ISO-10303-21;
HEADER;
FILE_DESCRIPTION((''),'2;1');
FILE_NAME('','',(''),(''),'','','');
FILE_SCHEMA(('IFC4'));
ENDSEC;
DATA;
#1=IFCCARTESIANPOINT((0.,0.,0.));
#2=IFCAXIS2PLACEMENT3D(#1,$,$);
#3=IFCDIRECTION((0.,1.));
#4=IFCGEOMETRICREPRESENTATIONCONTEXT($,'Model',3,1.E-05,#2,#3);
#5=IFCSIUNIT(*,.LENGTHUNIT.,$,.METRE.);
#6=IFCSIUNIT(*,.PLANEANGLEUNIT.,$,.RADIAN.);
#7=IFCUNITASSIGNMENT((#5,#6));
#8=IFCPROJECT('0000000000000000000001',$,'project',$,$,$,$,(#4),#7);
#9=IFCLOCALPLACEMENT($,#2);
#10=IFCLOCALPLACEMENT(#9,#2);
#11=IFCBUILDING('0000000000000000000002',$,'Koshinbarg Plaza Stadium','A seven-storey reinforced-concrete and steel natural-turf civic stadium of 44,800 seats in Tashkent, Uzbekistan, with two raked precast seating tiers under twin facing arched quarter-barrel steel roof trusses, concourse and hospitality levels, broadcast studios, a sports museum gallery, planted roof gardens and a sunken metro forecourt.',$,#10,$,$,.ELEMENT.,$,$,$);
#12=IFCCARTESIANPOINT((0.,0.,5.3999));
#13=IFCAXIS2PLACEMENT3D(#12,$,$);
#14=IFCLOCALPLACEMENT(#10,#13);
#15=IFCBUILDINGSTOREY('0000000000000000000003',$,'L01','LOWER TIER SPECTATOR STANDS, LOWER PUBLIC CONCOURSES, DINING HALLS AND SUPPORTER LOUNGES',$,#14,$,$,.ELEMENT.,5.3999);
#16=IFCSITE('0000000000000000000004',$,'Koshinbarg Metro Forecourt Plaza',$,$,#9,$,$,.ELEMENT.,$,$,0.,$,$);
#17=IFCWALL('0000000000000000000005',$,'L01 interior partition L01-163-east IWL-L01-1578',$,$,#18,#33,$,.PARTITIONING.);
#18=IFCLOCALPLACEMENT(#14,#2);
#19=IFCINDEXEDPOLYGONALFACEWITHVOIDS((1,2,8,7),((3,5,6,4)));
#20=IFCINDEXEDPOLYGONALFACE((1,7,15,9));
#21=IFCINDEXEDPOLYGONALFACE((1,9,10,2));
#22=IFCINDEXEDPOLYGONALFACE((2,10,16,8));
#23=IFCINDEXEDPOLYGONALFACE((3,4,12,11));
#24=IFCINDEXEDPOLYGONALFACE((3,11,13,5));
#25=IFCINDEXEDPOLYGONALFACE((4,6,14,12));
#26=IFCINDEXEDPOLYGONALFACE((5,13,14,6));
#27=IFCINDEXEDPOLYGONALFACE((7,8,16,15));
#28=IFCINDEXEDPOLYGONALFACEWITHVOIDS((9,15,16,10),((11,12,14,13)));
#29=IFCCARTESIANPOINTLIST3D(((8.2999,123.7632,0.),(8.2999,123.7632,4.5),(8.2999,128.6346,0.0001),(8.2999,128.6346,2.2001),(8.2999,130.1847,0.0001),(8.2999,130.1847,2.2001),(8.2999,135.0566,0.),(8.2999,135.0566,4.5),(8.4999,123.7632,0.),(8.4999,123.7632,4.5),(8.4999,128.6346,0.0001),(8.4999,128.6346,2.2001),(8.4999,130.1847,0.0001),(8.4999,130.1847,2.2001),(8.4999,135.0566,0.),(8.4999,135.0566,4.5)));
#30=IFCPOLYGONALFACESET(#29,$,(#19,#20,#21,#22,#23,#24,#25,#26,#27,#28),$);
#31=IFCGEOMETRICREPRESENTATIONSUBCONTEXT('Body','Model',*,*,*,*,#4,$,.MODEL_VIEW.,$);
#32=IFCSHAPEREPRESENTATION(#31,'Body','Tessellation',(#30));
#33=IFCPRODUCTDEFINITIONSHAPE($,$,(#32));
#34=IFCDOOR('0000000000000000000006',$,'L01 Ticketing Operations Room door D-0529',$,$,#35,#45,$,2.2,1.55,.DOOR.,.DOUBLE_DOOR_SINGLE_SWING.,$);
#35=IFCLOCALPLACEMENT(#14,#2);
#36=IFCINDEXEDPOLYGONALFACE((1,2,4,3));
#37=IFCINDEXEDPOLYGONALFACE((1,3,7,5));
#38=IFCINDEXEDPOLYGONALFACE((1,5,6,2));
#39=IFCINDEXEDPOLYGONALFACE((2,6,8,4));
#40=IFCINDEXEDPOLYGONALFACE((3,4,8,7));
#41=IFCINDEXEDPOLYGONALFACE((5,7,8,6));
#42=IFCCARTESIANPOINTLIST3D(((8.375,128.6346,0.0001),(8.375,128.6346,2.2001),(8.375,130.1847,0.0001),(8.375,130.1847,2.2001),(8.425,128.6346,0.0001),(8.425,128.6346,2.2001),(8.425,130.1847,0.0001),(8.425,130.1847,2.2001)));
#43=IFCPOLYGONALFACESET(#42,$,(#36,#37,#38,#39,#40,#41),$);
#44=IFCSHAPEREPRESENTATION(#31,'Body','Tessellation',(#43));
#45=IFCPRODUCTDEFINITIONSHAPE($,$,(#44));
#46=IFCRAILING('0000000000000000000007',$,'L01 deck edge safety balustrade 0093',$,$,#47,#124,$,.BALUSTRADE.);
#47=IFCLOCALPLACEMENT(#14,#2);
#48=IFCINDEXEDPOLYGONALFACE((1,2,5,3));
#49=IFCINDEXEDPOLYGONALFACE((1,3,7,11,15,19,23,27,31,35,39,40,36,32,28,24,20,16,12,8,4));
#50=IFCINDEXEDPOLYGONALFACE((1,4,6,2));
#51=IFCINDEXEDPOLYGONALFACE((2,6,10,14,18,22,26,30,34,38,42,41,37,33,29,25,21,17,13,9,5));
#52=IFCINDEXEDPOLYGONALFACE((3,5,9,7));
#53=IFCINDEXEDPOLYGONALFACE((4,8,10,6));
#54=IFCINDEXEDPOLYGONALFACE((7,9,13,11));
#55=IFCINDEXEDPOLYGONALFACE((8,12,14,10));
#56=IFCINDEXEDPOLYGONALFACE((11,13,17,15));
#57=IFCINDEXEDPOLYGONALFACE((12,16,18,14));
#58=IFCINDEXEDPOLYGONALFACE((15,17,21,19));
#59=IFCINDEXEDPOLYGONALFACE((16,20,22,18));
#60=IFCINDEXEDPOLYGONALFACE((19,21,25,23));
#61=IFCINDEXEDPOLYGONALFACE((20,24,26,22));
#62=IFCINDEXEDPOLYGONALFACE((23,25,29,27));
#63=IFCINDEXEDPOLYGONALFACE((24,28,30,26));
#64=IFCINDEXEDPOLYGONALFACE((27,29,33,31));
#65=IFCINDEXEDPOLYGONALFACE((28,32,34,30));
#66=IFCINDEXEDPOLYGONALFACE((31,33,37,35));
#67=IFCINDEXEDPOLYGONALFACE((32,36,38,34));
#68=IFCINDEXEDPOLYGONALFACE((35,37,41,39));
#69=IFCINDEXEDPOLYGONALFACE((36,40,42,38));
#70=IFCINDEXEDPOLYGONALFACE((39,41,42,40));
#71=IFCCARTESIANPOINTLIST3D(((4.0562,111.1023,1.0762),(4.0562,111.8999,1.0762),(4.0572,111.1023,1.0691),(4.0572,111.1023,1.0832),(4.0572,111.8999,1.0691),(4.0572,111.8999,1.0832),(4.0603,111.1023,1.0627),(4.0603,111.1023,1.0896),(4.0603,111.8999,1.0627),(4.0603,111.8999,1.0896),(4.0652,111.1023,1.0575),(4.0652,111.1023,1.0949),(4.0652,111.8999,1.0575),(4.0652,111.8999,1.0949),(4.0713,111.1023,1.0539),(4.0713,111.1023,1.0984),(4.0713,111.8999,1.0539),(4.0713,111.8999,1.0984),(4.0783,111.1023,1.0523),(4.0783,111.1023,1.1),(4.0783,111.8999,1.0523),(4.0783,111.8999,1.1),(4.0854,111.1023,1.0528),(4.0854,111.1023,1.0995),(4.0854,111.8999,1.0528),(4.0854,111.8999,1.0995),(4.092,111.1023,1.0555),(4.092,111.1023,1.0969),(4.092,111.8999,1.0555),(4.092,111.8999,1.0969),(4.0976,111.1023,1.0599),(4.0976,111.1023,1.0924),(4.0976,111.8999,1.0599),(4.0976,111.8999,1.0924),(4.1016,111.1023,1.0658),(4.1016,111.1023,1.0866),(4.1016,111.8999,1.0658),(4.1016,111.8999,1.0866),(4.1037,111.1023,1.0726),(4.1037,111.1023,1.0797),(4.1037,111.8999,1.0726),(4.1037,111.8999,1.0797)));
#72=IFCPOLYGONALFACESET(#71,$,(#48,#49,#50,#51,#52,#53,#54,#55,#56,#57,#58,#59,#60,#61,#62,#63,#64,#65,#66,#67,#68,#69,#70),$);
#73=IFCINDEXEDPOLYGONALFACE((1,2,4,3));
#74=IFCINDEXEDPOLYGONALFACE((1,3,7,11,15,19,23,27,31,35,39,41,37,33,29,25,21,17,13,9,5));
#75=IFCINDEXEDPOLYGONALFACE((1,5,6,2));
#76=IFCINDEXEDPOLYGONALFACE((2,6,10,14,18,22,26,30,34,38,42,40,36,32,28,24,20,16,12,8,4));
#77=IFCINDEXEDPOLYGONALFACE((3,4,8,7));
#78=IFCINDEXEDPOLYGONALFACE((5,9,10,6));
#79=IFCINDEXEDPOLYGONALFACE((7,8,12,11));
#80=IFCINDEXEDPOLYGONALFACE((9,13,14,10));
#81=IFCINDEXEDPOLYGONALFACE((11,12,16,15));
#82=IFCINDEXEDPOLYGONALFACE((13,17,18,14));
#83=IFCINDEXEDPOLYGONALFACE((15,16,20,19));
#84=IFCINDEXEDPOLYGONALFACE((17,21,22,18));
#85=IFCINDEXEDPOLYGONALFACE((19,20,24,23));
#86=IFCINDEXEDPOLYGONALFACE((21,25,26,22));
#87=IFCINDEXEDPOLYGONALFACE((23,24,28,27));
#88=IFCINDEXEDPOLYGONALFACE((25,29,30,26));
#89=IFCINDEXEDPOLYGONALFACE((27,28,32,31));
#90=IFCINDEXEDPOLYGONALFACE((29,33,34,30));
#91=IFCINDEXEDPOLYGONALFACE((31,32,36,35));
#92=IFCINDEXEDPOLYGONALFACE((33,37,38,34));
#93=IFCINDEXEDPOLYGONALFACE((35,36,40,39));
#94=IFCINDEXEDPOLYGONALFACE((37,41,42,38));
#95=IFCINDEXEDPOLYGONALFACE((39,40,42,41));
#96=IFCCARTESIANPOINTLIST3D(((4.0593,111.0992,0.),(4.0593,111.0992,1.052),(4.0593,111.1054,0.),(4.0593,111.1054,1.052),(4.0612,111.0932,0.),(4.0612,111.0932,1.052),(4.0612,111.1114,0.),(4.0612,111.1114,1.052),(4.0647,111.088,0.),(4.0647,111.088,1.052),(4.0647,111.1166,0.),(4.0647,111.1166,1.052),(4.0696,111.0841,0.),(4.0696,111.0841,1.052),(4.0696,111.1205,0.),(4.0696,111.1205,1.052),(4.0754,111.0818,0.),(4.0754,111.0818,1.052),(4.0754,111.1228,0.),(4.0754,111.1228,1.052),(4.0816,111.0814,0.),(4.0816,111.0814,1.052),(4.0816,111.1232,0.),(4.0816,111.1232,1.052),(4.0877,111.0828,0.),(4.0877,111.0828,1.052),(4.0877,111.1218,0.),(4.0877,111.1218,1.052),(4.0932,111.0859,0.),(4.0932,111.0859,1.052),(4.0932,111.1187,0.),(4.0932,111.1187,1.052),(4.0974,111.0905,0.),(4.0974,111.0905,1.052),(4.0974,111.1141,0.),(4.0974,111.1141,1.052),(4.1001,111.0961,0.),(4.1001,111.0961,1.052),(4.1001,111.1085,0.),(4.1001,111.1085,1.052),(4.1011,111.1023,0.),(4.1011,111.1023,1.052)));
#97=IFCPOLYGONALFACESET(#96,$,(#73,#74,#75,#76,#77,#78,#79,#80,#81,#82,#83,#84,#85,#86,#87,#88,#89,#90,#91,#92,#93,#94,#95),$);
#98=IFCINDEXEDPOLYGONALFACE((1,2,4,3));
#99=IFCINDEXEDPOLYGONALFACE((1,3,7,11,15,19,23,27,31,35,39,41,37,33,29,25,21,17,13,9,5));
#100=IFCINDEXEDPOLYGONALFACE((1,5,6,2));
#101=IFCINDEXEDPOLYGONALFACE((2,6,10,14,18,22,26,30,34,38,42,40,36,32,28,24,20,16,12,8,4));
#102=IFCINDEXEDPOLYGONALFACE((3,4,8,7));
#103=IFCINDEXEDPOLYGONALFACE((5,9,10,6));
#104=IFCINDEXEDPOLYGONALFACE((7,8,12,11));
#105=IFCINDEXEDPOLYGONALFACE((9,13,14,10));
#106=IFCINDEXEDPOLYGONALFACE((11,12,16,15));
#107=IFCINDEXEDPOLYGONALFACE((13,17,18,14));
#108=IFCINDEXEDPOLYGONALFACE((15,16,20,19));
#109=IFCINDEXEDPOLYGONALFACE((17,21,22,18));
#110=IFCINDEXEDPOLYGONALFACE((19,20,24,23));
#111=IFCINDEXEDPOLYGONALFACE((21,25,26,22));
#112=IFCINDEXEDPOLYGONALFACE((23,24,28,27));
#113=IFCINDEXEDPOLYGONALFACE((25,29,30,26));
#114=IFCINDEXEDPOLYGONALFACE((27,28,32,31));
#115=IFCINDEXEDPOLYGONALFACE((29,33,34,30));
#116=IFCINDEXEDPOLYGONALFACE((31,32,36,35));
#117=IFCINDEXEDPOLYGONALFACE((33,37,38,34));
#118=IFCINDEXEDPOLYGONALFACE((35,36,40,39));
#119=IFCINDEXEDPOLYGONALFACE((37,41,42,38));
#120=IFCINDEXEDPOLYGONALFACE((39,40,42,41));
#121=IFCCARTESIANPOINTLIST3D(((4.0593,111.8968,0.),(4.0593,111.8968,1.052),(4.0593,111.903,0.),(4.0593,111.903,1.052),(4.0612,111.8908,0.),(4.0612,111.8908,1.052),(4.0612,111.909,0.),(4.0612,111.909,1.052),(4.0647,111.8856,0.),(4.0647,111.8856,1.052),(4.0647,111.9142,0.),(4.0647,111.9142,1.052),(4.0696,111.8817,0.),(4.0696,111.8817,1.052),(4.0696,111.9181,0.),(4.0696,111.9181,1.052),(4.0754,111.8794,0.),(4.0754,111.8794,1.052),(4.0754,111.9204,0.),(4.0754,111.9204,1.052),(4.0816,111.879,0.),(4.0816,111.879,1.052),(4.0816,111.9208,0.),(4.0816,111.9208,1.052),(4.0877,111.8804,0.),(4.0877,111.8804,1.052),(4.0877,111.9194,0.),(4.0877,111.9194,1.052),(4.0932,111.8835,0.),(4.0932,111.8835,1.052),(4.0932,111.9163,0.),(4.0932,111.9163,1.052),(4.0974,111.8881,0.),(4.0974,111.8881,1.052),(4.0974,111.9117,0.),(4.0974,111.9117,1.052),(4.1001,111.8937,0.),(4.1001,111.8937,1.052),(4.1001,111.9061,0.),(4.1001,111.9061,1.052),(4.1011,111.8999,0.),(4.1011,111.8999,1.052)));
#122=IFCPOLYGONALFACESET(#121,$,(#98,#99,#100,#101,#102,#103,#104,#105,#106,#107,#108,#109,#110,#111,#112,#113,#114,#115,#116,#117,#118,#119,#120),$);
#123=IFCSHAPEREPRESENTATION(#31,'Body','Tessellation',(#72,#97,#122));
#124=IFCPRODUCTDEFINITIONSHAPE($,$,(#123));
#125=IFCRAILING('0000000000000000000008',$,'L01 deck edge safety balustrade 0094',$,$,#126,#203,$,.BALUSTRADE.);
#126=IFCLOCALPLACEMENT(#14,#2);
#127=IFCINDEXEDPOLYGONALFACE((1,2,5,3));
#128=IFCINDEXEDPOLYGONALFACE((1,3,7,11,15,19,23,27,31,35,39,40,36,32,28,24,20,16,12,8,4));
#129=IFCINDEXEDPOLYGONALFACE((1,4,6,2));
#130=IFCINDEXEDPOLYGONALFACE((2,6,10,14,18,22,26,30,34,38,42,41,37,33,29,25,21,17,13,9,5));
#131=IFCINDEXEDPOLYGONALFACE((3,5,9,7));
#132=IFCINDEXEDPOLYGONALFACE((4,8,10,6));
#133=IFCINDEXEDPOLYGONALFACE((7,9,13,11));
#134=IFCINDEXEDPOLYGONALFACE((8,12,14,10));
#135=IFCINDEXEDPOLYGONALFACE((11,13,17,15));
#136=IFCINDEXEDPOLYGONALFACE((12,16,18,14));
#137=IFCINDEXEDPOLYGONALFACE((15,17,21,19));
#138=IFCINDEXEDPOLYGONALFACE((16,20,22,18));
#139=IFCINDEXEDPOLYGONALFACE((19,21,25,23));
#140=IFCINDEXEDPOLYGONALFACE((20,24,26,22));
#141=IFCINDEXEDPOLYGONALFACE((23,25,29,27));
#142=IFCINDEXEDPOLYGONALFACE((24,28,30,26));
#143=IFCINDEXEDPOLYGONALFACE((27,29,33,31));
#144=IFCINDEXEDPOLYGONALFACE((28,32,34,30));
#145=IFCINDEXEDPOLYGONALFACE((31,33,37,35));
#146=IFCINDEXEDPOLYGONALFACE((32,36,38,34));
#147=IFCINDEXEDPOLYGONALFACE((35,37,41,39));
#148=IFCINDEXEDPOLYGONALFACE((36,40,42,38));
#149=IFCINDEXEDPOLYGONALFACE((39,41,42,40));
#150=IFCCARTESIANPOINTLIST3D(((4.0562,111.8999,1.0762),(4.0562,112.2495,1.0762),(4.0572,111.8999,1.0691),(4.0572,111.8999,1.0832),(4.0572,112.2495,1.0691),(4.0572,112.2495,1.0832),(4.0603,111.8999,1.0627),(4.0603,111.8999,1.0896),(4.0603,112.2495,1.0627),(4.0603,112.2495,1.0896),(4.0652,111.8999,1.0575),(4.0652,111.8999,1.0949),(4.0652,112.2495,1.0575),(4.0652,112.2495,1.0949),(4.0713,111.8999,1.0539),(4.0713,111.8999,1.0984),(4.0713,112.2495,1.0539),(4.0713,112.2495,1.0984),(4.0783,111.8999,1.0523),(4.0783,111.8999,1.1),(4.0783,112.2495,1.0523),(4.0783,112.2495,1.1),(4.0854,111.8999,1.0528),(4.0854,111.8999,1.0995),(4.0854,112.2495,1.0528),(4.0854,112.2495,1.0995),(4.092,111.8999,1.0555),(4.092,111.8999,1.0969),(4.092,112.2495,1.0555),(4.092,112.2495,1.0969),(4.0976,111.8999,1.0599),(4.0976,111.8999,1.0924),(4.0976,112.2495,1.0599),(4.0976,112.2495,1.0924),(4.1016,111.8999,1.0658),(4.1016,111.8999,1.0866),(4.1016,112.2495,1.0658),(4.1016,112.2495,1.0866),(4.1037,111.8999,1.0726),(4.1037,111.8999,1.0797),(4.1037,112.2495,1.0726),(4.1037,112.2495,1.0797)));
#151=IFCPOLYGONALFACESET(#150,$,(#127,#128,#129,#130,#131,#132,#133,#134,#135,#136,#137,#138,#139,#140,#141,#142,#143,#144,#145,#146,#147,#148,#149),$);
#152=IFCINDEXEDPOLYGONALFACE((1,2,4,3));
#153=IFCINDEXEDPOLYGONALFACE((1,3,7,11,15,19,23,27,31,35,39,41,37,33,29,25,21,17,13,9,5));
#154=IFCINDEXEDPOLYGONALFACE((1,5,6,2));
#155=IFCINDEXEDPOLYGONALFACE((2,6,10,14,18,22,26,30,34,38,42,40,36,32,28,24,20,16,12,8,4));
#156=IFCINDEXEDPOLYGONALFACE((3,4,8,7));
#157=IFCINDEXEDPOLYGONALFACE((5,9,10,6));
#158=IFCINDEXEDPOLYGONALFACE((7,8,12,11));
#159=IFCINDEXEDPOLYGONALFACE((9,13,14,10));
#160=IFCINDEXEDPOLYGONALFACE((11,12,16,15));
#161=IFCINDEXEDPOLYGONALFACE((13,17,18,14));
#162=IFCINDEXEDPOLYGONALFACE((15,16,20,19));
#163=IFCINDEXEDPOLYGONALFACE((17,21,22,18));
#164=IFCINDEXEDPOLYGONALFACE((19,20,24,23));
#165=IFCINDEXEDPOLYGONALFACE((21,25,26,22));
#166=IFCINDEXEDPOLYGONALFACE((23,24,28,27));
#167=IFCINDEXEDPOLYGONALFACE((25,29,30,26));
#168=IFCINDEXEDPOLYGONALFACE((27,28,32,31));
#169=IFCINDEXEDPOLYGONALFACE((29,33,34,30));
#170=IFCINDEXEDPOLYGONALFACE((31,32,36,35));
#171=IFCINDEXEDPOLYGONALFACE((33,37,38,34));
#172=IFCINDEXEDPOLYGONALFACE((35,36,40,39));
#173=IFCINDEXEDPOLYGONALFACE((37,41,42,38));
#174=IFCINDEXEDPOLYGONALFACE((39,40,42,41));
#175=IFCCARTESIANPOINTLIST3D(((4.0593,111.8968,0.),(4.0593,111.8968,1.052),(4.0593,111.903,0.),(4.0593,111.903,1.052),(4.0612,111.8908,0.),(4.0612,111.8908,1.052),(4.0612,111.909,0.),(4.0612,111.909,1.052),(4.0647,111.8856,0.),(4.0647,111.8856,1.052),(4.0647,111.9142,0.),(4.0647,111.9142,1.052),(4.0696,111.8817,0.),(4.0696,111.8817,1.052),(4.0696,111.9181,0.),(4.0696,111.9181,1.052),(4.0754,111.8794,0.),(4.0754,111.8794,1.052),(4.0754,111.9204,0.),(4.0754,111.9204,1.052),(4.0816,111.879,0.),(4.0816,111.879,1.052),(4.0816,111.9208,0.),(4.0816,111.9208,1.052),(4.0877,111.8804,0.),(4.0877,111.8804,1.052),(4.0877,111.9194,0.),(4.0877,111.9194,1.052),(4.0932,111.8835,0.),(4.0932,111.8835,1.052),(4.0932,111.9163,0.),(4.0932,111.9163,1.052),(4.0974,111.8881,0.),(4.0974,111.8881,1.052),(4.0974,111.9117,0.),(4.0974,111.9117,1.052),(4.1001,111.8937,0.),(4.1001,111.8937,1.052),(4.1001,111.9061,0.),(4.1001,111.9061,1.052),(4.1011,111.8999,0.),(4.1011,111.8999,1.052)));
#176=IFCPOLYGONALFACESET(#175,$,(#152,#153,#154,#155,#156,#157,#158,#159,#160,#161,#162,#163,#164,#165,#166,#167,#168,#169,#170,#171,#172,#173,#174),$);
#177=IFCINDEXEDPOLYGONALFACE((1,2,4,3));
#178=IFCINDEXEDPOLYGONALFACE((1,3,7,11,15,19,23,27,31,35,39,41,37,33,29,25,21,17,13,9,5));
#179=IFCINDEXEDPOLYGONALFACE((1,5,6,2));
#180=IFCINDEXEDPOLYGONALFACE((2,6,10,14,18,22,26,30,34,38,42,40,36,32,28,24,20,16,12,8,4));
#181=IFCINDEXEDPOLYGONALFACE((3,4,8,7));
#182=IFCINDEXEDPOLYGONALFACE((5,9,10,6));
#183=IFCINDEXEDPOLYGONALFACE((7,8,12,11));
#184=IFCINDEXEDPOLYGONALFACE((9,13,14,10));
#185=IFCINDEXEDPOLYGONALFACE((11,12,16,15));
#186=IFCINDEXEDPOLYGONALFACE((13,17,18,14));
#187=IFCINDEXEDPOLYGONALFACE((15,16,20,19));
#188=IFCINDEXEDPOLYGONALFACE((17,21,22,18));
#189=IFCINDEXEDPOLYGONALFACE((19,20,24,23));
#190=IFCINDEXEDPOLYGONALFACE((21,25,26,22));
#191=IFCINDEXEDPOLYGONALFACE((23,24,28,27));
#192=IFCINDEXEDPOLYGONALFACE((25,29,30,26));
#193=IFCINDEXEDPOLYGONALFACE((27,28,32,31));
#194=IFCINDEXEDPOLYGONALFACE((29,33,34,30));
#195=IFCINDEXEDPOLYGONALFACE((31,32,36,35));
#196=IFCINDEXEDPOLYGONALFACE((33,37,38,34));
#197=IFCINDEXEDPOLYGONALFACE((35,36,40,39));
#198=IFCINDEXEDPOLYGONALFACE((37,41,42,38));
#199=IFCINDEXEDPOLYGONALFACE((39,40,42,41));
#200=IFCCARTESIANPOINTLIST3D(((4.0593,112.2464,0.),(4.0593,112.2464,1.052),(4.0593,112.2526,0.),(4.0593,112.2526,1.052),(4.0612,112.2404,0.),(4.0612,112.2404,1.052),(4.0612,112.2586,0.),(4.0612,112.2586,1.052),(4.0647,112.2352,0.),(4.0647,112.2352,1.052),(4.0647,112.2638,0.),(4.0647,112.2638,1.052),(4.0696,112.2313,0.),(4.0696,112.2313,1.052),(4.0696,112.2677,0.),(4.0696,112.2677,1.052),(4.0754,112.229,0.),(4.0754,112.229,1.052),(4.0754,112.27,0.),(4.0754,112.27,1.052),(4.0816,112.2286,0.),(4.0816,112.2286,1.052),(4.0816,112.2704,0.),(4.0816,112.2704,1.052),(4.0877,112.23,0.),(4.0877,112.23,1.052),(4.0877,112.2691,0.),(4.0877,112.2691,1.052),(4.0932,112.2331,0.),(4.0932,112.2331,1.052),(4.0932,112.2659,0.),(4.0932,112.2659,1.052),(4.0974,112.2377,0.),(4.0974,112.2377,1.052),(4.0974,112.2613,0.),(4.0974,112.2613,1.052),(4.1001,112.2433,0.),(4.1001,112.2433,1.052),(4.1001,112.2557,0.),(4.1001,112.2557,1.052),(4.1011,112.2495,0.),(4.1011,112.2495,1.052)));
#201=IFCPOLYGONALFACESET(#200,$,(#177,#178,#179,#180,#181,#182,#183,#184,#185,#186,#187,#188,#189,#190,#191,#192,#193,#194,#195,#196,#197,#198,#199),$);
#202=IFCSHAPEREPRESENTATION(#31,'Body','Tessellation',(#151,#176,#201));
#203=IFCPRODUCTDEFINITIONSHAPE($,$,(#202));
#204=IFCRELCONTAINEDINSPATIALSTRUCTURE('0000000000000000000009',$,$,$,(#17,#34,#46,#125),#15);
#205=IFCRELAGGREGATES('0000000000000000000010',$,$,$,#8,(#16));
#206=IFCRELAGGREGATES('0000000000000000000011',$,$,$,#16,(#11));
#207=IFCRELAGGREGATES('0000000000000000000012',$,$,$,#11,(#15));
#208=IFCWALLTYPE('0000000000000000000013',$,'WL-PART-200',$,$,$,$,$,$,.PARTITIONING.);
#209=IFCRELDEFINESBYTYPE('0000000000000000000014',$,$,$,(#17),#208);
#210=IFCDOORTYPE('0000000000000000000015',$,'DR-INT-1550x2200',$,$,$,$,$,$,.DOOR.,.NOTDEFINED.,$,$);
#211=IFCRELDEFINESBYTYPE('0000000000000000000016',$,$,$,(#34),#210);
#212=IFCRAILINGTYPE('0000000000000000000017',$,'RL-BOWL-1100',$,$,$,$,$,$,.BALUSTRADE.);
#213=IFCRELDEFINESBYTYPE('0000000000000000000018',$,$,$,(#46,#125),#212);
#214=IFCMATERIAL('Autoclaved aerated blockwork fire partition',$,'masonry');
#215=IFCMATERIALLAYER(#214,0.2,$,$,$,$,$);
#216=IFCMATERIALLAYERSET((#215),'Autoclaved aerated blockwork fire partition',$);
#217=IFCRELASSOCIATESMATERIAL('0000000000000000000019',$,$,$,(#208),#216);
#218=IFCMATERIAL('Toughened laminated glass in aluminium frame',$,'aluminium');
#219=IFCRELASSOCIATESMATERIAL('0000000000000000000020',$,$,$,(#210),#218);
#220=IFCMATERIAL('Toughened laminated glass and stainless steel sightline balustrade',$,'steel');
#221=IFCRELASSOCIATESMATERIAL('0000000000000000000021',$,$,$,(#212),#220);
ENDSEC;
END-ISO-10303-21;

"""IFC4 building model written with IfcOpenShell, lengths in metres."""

from ifc_helpers import new_model, si_unit, direction, frame, frame_2d, origin, origin_2d, place, context, subcontext, project, spatial, rectangle, circle, extrude, material, layer, layer_set, type_object, element, fill, save


model = new_model("IFC4")

# Units and contexts
model_context = context("Model", 3, precision=1e-05, world=origin(), true_north=direction((0.0, 1.0)))
body_context = subcontext(model_context, "Body", "Model", "MODEL_VIEW")
ifc_project = project(units=[si_unit("LENGTHUNIT", "METRE"), si_unit("PLANEANGLEUNIT", "RADIAN")], contexts=[model_context])

# Site, building, storey
site_placement = place(None, origin())
site = spatial("IfcSite", under=ifc_project, at=site_placement, Name="Koshinbarg Metro Forecourt Plaza", CompositionType="ELEMENT", RefElevation=0.0)
building_placement = place(site_placement, origin())
building = spatial("IfcBuilding", under=site, at=building_placement, Name="Koshinbarg Plaza Stadium", Description="A seven-storey reinforced-concrete and steel natural-turf civic stadium of 44,800 seats in Tashkent, Uzbekistan, with two raked precast seating tiers under twin facing arched quarter-barrel steel roof trusses, concourse and hospitality levels, broadcast studios, a sports museum gallery, planted roof gardens and a sunken metro forecourt.", CompositionType="ELEMENT")
storey_placement = place(building_placement, frame((0.0, 0.0, 5.3999)))
storey = spatial("IfcBuildingStorey", under=building, at=storey_placement, Name="L01", Description="LOWER TIER SPECTATOR STANDS, LOWER PUBLIC CONCOURSES, DINING HALLS AND SUPPORTER LOUNGES", CompositionType="ELEMENT", Elevation=5.3999)

# Shared definitions
ifc_material_1 = material(Name="Autoclaved aerated blockwork fire partition", Category="masonry")
ifc_layer_1 = layer(ifc_material_1, 0.2)
ifc_layer_set_1 = layer_set([ifc_layer_1], Name="Autoclaved aerated blockwork fire partition")
wall_type_1 = type_object("IfcWallType", Name="WL-PART-200", PredefinedType="PARTITIONING", material=ifc_layer_set_1)

# Wall, opening, door
wall_1_placement = place(storey_placement, frame((8.3999, 123.7632, 0.0), z_axis=(0.0, 0.0, 1.0), x_axis=(0.0, 1.0, 0.0)))
wall_1 = element("IfcWall", 1, at=wall_1_placement, inside=storey, type_object=wall_type_1, Name="L01 interior partition L01-163-east IWL-L01-1578", PredefinedType="PARTITIONING", context=body_context, shape_type="SweptSolid", body=[
    extrude(rectangle(XDim=11.2935, YDim=0.2, at=frame_2d((5.6467, 0.0))), origin(), (0.0, 0.0, 1.0), 4.5),
])
opening_1_placement = place(wall_1_placement, frame((4.8716, 0.0, 0.0)))
opening_1 = element("IfcOpeningElement", 2, at=opening_1_placement, cuts=wall_1, PredefinedType="OPENING", context=body_context, shape_type="SweptSolid", body=[
    extrude(rectangle(XDim=1.55, YDim=2.2, at=frame_2d((0.7749, 1.1001))), frame((0.0, 0.1099, 0.0), z_axis=(0.0, -1.0, 0.0), x_axis=(1.0, 0.0, 0.0)), (0.0, 0.0, 1.0), 0.22),
])
ifc_material_2 = material(Name="Toughened laminated glass in aluminium frame", Category="aluminium")
door_type_1 = type_object("IfcDoorType", Name="DR-INT-1550x2200", OperationType="NOTDEFINED", PredefinedType="DOOR", material=ifc_material_2)
door_1_placement = place(opening_1_placement, origin())
door_1 = element("IfcDoor", 3, at=door_1_placement, inside=storey, type_object=door_type_1, Name="L01 Ticketing Operations Room door D-0529", OperationType="DOUBLE_DOOR_SINGLE_SWING", OverallHeight=2.2, OverallWidth=1.55, PredefinedType="DOOR", context=body_context, shape_type="SweptSolid", body=[
    extrude(rectangle(XDim=1.55, YDim=2.2, at=frame_2d((0.7749, 1.1001))), frame((0.0, 0.0249, 0.0), z_axis=(0.0, -1.0, 0.0), x_axis=(1.0, 0.0, 0.0)), (0.0, 0.0, 1.0), 0.05),
])
fill(opening_1, door_1)

# Railings
ifc_material_3 = material(Name="Toughened laminated glass and stainless steel sightline balustrade", Category="steel")
railing_type = type_object("IfcRailingType", Name="RL-BOWL-1100", PredefinedType="BALUSTRADE", material=ifc_material_3)
railing_1_placement = place(storey_placement, frame((4.0801, 111.1023, 0.0)))
element("IfcRailing", 4, at=railing_1_placement, inside=storey, type_object=railing_type, Name="L01 deck edge safety balustrade 0093", PredefinedType="BALUSTRADE", context=body_context, shape_type="SweptSolid", body=[
    extrude(circle(Radius=0.0239, at=origin_2d()), frame((0.0, 0.0, 1.0762), z_axis=(0.0, 1.0, 0.0), x_axis=(-1.0, 0.0, 0.0)), (0.0, 0.0, 1.0), 0.7976),
    extrude(circle(Radius=0.021, at=origin_2d()), origin(), (0.0, 0.0, 1.0), 1.052),
    extrude(circle(Radius=0.021, at=origin_2d()), frame((0.0, 0.7976, 0.0)), (0.0, 0.0, 1.0), 1.052),
])
railing_2_placement = place(storey_placement, frame((4.0801, 111.8999, 0.0)))
element("IfcRailing", 5, at=railing_2_placement, inside=storey, type_object=railing_type, Name="L01 deck edge safety balustrade 0094", PredefinedType="BALUSTRADE", context=body_context, shape_type="SweptSolid", body=[
    extrude(circle(Radius=0.0239, at=origin_2d()), frame((0.0, 0.0, 1.0762), z_axis=(0.0, 1.0, 0.0), x_axis=(-1.0, 0.0, 0.0)), (0.0, 0.0, 1.0), 0.3496),
    extrude(circle(Radius=0.021, at=origin_2d()), origin(), (0.0, 0.0, 1.0), 1.052),
    extrude(circle(Radius=0.021, at=origin_2d()), frame((0.0, 0.3496, 0.0)), (0.0, 0.0, 1.0), 1.052),
])

save(model, "model.ifc")
